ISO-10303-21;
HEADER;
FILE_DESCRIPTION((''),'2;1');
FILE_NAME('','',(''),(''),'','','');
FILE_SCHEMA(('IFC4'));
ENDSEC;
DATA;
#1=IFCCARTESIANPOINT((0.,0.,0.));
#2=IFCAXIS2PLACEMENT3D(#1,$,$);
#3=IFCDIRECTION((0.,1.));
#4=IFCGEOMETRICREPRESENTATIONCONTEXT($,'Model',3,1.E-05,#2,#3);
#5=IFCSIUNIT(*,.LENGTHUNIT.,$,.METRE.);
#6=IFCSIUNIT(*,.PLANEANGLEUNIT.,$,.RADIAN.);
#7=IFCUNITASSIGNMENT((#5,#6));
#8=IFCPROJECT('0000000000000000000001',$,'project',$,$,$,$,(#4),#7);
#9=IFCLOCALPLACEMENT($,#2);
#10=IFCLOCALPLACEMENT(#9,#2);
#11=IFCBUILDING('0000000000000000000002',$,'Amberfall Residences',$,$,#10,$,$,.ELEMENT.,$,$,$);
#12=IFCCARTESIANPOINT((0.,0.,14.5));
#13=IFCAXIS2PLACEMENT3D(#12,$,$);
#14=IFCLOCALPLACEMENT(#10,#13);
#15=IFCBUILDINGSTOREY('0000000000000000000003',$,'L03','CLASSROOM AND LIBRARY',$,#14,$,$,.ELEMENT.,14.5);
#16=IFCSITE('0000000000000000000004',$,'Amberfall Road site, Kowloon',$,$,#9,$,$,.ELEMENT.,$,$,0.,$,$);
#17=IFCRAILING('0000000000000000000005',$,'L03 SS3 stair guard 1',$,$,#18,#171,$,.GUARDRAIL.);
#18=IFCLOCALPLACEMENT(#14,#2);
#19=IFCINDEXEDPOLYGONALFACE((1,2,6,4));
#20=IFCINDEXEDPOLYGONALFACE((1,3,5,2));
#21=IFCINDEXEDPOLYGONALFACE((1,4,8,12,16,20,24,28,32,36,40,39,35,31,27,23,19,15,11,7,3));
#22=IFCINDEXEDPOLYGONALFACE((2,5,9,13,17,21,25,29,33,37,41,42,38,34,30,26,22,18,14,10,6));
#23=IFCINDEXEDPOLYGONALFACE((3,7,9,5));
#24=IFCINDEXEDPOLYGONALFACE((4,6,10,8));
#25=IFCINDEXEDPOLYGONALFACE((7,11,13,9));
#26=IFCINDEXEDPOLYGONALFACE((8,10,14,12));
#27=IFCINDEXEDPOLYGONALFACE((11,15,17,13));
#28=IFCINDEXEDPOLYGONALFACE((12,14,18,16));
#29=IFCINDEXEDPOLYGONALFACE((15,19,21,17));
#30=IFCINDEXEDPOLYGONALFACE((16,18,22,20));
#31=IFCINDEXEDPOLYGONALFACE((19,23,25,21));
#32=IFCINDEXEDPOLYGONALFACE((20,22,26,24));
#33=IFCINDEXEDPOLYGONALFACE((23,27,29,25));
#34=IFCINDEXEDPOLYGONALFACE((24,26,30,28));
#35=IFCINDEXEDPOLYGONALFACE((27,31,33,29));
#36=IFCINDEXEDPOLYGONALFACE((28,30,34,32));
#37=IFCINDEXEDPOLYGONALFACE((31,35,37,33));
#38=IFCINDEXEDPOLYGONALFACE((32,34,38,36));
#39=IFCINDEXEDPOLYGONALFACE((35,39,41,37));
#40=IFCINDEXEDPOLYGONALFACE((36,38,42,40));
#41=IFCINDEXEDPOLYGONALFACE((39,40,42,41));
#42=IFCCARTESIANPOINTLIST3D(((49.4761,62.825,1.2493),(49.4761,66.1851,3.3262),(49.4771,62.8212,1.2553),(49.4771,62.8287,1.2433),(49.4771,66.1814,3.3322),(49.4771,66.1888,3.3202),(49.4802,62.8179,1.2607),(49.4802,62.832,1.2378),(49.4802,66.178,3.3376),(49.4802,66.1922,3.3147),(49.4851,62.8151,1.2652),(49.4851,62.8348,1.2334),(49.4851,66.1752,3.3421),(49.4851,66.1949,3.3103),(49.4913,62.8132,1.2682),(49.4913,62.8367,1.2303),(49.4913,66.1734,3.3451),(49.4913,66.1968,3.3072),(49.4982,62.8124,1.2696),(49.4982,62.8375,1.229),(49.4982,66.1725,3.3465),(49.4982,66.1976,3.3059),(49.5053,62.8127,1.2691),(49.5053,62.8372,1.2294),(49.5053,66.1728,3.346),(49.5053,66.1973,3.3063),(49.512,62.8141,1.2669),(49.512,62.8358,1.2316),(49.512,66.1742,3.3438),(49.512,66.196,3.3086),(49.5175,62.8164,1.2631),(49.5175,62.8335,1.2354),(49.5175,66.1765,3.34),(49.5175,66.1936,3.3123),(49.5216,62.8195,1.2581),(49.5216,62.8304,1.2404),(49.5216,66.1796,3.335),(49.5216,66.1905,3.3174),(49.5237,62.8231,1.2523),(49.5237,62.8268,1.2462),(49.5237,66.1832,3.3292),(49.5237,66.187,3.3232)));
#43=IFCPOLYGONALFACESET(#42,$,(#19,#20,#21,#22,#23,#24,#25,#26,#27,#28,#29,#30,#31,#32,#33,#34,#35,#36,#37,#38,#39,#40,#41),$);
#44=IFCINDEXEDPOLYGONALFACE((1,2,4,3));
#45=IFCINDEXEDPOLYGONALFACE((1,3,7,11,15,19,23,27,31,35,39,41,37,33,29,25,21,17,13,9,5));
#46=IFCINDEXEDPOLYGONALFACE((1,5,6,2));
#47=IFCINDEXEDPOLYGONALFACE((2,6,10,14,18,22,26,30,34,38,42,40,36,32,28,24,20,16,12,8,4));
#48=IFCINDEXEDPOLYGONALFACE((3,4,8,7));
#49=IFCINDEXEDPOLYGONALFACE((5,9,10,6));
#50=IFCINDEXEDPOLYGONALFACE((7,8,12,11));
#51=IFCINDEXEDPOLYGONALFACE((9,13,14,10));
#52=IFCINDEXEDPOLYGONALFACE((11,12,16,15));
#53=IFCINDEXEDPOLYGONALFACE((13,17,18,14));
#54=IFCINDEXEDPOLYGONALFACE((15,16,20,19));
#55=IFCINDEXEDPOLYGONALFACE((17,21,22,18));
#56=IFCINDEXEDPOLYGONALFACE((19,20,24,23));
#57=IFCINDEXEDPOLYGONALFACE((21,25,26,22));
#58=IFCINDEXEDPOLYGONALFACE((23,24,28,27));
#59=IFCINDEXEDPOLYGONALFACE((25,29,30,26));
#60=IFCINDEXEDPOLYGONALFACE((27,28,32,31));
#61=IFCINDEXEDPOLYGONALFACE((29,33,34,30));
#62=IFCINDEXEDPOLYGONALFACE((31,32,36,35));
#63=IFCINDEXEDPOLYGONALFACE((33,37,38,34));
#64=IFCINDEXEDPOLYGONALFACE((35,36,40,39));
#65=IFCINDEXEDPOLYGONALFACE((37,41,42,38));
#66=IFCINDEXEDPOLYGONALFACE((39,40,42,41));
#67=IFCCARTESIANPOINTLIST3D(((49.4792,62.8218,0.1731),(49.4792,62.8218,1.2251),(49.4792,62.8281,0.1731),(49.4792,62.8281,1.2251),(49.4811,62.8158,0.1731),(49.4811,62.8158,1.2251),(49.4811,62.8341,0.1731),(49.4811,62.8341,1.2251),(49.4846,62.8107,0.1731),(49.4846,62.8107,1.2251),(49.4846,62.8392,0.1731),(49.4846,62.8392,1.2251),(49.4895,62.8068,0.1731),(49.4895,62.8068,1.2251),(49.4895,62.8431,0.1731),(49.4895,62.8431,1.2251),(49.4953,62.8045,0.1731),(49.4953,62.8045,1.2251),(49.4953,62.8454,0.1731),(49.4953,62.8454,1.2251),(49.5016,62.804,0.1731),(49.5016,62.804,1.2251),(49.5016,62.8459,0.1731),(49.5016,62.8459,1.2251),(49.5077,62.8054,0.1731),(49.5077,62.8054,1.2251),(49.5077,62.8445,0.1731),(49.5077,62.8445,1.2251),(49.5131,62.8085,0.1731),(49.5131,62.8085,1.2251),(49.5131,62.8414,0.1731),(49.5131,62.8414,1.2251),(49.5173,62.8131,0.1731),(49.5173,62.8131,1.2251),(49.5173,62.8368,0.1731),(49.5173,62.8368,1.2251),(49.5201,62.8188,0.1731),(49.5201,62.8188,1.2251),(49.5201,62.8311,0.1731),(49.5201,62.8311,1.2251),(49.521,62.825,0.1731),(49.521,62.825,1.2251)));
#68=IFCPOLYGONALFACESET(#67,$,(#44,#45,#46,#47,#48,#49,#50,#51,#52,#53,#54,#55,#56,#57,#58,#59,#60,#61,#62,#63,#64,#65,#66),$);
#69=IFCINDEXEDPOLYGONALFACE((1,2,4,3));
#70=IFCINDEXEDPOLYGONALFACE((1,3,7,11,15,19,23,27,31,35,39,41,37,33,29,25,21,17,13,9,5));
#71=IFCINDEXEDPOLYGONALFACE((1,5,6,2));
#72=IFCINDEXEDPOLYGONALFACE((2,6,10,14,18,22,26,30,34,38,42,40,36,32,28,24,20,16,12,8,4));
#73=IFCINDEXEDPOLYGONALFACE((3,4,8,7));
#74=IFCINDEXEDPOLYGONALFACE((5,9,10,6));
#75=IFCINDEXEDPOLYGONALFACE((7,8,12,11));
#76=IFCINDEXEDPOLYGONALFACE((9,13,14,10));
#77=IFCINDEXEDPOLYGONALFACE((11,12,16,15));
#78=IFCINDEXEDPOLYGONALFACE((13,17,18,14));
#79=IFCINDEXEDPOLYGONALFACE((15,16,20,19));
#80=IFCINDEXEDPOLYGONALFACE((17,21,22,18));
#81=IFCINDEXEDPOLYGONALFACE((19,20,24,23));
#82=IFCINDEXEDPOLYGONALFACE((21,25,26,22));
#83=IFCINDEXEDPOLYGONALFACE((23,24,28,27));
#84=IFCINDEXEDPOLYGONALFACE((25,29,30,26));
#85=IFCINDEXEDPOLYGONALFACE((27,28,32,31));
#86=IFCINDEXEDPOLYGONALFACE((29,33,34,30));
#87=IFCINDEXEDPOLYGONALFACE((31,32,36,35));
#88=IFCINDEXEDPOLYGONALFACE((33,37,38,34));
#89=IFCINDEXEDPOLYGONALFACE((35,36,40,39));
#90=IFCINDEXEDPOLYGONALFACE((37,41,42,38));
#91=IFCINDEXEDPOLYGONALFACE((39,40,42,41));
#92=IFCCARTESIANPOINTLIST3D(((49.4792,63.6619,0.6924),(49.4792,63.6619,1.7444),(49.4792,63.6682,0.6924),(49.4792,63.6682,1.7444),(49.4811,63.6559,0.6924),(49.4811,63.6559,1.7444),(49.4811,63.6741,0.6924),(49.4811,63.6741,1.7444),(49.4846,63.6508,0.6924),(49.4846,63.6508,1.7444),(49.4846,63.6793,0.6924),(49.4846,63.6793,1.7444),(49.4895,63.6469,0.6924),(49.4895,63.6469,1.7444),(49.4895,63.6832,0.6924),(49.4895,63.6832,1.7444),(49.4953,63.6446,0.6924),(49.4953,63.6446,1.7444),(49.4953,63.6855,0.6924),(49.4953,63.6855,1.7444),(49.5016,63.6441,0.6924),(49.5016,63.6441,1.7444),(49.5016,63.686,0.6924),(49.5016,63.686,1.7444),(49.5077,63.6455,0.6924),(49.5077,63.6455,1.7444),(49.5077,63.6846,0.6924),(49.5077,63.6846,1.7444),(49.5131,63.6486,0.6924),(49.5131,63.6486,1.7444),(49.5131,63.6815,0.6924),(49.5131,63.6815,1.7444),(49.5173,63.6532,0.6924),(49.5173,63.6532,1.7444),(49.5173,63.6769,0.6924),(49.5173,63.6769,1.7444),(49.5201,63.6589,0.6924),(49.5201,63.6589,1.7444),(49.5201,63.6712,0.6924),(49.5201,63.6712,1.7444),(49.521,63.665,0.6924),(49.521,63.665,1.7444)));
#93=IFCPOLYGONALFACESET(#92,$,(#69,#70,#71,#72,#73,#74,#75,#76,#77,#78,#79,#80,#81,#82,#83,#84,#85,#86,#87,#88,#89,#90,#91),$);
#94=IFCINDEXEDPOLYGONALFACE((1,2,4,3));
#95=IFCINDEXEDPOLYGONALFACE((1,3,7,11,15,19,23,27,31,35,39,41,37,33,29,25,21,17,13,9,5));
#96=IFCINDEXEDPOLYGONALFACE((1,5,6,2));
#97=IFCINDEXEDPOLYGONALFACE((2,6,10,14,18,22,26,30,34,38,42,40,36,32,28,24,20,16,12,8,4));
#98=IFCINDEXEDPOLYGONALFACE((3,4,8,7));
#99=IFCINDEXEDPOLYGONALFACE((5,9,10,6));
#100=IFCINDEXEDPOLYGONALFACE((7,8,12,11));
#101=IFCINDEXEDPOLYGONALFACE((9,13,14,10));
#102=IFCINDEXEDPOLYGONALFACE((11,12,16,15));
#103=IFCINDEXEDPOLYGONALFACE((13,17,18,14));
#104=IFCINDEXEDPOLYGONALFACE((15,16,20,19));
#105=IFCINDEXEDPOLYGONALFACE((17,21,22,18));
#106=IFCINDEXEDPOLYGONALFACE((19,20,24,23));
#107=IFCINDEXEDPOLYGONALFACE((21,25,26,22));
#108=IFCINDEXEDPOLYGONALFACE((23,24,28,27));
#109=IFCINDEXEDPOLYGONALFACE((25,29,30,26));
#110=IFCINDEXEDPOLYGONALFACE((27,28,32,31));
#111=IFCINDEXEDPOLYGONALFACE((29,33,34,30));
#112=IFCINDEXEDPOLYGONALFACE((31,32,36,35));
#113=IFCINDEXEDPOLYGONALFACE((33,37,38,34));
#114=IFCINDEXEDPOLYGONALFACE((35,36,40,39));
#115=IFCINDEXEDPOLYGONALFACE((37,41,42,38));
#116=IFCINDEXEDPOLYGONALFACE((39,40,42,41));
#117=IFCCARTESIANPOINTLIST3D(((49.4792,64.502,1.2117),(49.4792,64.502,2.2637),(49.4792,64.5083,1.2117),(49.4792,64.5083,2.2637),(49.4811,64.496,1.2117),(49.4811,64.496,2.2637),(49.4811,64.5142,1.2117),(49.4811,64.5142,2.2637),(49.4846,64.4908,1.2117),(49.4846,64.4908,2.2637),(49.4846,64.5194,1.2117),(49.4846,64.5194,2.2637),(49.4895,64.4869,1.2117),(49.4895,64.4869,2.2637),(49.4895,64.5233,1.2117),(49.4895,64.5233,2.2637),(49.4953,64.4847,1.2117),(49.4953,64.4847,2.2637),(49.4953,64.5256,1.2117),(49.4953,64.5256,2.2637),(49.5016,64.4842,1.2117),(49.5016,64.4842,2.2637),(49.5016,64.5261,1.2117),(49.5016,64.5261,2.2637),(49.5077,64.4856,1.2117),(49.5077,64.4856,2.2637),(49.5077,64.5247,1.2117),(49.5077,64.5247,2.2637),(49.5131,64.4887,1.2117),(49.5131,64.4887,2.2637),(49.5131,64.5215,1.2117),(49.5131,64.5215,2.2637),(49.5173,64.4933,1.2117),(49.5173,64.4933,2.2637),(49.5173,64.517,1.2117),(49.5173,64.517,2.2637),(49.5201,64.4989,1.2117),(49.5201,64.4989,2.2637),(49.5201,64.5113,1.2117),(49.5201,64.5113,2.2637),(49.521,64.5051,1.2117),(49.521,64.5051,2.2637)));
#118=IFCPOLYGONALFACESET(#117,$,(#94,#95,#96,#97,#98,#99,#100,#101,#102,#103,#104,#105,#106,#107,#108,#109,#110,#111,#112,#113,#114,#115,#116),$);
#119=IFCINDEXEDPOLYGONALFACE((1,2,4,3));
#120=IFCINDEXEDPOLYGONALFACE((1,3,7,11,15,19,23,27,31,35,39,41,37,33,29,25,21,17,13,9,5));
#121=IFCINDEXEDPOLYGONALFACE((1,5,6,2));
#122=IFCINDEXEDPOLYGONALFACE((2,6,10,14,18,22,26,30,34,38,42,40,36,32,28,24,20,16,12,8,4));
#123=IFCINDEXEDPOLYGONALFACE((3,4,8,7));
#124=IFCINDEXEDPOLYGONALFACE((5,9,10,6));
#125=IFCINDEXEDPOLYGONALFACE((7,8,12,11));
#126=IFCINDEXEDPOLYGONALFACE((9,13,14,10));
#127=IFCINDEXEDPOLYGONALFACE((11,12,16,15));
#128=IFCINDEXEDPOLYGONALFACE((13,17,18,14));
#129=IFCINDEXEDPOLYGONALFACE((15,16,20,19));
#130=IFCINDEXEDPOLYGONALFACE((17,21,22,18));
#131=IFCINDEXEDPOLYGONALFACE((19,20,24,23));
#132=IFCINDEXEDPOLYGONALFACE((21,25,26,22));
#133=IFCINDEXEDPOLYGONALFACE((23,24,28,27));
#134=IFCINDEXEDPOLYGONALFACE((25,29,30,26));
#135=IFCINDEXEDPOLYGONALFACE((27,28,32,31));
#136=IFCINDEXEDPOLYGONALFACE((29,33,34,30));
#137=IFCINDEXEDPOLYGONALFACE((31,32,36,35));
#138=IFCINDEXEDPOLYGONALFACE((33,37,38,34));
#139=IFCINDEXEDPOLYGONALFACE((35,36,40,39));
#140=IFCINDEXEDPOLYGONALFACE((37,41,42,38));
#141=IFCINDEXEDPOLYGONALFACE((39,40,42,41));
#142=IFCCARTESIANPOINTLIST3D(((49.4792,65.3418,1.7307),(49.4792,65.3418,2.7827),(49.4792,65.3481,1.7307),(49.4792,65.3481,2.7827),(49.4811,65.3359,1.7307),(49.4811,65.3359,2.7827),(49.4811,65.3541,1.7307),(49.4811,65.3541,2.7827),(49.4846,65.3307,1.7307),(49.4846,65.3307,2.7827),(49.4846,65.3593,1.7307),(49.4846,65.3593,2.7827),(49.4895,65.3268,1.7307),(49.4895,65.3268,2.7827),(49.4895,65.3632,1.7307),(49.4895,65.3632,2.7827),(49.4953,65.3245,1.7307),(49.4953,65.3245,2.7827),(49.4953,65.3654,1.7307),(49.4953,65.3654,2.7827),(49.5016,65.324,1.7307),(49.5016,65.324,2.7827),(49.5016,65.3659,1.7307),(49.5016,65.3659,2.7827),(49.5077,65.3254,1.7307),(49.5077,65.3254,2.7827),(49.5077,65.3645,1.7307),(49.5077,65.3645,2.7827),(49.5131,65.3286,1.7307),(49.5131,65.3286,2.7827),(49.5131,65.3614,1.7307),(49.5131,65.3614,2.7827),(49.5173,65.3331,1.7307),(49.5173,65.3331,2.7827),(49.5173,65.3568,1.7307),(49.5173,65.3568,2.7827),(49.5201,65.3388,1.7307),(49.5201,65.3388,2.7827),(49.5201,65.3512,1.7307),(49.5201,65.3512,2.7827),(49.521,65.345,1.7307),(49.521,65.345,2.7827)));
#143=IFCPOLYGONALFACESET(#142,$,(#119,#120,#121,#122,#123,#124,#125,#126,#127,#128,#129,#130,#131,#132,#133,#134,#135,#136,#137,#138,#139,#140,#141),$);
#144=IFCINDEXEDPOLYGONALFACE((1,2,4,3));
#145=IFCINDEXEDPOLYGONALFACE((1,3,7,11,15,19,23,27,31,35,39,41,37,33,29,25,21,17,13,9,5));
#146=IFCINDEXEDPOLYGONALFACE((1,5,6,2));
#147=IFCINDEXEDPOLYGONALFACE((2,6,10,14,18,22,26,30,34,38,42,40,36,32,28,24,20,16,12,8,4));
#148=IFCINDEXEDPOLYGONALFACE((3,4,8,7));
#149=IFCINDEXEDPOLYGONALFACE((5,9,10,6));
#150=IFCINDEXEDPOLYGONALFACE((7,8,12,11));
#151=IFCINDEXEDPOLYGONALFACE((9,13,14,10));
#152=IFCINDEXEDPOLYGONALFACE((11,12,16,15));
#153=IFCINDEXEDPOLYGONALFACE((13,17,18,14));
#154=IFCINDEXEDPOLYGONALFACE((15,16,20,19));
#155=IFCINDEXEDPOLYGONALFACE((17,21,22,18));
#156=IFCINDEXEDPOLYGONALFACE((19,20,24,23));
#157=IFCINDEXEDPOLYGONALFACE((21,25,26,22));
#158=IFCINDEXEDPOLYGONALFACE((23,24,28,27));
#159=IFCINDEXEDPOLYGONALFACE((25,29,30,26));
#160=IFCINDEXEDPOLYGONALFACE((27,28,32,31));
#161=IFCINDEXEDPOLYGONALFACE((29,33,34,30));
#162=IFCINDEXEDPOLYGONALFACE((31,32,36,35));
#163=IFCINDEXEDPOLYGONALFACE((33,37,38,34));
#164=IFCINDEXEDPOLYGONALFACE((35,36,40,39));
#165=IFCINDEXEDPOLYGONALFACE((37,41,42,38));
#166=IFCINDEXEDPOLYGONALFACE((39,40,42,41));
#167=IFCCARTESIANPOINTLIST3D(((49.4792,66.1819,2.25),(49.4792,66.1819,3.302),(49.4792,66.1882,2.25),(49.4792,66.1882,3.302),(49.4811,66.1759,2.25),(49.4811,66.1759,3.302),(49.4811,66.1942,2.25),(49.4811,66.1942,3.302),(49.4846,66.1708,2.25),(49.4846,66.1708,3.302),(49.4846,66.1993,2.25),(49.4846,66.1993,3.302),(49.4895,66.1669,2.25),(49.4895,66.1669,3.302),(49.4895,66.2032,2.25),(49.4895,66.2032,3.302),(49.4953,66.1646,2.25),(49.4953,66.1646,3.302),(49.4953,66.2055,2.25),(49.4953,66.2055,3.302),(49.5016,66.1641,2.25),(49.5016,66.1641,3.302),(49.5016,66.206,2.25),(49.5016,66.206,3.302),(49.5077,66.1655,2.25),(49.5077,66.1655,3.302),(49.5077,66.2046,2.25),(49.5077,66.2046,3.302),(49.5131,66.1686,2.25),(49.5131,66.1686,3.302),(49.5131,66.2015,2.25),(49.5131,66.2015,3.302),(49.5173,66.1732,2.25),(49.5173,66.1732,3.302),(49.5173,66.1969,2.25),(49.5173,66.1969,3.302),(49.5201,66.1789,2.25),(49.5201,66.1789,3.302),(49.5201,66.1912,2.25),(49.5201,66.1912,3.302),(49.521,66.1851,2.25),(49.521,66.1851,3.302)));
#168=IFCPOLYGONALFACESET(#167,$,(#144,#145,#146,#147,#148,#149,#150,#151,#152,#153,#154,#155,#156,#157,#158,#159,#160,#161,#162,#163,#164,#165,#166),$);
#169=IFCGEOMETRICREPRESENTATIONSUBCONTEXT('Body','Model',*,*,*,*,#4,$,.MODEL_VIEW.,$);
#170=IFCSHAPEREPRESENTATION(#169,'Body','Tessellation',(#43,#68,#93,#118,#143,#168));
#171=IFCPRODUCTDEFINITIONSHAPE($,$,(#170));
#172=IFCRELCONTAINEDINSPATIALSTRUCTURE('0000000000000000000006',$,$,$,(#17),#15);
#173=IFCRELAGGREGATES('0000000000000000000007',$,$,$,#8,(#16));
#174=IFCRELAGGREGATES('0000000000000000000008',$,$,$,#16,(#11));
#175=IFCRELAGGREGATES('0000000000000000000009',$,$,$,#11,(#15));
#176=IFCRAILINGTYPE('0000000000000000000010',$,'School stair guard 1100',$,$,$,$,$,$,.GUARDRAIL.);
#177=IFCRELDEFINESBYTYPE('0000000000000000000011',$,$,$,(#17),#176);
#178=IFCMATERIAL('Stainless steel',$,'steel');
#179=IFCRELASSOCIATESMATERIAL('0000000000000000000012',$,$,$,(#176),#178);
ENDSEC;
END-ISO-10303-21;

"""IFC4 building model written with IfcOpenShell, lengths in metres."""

from ifc_helpers import new_model, si_unit, direction, frame, origin, origin_2d, place, context, subcontext, project, spatial, circle, extrude, material, type_object, element, save


model = new_model("IFC4")

# Units and contexts
model_context = context("Model", 3, precision=1e-05, world=origin(), true_north=direction((0.0, 1.0)))
body_context = subcontext(model_context, "Body", "Model", "MODEL_VIEW")
ifc_project = project(units=[si_unit("LENGTHUNIT", "METRE"), si_unit("PLANEANGLEUNIT", "RADIAN")], contexts=[model_context])

# Site, building, storey
site_placement = place(None, origin())
site = spatial("IfcSite", under=ifc_project, at=site_placement, Name="Amberfall Road site, Kowloon", CompositionType="ELEMENT", RefElevation=0.0)
building_placement = place(site_placement, origin())
building = spatial("IfcBuilding", under=site, at=building_placement, Name="Amberfall Residences", CompositionType="ELEMENT")
storey_placement = place(building_placement, frame((0.0, 0.0, 14.5)))
storey = spatial("IfcBuildingStorey", under=building, at=storey_placement, Name="L03", Description="CLASSROOM AND LIBRARY", CompositionType="ELEMENT", Elevation=14.5)

# Railing
ifc_material_1 = material(Name="Stainless steel", Category="steel")
railing_type_1 = type_object("IfcRailingType", Name="School stair guard 1100", PredefinedType="GUARDRAIL", material=ifc_material_1)
railing_1_placement = place(storey_placement, frame((49.5, 62.825, 0.1731)))
element("IfcRailing", 1, at=railing_1_placement, inside=storey, type_object=railing_type_1, Name="L03 SS3 stair guard 1", PredefinedType="GUARDRAIL", context=body_context, shape_type="SweptSolid", body=[
    extrude(circle(Radius=0.0239, at=origin_2d()), frame((0.0, 0.0, 1.0762), z_axis=(0.0, 0.850623, 0.525776), x_axis=(-1.0, 0.0, 0.0)), (0.0, 0.0, 1.0), 3.9502),
    extrude(circle(Radius=0.021, at=origin_2d()), origin(), (0.0, 0.0, 1.0), 1.052),
    extrude(circle(Radius=0.021, at=origin_2d()), frame((0.0, 0.8401, 0.5193)), (0.0, 0.0, 1.0), 1.052),
    extrude(circle(Radius=0.021, at=origin_2d()), frame((0.0, 1.6802, 1.0386)), (0.0, 0.0, 1.0), 1.052),
    extrude(circle(Radius=0.021, at=origin_2d()), frame((0.0, 2.52, 1.5576)), (0.0, 0.0, 1.0), 1.052),
    extrude(circle(Radius=0.021, at=origin_2d()), frame((0.0, 3.3601, 2.0769)), (0.0, 0.0, 1.0), 1.052),
])

save(model, "model.ifc")
